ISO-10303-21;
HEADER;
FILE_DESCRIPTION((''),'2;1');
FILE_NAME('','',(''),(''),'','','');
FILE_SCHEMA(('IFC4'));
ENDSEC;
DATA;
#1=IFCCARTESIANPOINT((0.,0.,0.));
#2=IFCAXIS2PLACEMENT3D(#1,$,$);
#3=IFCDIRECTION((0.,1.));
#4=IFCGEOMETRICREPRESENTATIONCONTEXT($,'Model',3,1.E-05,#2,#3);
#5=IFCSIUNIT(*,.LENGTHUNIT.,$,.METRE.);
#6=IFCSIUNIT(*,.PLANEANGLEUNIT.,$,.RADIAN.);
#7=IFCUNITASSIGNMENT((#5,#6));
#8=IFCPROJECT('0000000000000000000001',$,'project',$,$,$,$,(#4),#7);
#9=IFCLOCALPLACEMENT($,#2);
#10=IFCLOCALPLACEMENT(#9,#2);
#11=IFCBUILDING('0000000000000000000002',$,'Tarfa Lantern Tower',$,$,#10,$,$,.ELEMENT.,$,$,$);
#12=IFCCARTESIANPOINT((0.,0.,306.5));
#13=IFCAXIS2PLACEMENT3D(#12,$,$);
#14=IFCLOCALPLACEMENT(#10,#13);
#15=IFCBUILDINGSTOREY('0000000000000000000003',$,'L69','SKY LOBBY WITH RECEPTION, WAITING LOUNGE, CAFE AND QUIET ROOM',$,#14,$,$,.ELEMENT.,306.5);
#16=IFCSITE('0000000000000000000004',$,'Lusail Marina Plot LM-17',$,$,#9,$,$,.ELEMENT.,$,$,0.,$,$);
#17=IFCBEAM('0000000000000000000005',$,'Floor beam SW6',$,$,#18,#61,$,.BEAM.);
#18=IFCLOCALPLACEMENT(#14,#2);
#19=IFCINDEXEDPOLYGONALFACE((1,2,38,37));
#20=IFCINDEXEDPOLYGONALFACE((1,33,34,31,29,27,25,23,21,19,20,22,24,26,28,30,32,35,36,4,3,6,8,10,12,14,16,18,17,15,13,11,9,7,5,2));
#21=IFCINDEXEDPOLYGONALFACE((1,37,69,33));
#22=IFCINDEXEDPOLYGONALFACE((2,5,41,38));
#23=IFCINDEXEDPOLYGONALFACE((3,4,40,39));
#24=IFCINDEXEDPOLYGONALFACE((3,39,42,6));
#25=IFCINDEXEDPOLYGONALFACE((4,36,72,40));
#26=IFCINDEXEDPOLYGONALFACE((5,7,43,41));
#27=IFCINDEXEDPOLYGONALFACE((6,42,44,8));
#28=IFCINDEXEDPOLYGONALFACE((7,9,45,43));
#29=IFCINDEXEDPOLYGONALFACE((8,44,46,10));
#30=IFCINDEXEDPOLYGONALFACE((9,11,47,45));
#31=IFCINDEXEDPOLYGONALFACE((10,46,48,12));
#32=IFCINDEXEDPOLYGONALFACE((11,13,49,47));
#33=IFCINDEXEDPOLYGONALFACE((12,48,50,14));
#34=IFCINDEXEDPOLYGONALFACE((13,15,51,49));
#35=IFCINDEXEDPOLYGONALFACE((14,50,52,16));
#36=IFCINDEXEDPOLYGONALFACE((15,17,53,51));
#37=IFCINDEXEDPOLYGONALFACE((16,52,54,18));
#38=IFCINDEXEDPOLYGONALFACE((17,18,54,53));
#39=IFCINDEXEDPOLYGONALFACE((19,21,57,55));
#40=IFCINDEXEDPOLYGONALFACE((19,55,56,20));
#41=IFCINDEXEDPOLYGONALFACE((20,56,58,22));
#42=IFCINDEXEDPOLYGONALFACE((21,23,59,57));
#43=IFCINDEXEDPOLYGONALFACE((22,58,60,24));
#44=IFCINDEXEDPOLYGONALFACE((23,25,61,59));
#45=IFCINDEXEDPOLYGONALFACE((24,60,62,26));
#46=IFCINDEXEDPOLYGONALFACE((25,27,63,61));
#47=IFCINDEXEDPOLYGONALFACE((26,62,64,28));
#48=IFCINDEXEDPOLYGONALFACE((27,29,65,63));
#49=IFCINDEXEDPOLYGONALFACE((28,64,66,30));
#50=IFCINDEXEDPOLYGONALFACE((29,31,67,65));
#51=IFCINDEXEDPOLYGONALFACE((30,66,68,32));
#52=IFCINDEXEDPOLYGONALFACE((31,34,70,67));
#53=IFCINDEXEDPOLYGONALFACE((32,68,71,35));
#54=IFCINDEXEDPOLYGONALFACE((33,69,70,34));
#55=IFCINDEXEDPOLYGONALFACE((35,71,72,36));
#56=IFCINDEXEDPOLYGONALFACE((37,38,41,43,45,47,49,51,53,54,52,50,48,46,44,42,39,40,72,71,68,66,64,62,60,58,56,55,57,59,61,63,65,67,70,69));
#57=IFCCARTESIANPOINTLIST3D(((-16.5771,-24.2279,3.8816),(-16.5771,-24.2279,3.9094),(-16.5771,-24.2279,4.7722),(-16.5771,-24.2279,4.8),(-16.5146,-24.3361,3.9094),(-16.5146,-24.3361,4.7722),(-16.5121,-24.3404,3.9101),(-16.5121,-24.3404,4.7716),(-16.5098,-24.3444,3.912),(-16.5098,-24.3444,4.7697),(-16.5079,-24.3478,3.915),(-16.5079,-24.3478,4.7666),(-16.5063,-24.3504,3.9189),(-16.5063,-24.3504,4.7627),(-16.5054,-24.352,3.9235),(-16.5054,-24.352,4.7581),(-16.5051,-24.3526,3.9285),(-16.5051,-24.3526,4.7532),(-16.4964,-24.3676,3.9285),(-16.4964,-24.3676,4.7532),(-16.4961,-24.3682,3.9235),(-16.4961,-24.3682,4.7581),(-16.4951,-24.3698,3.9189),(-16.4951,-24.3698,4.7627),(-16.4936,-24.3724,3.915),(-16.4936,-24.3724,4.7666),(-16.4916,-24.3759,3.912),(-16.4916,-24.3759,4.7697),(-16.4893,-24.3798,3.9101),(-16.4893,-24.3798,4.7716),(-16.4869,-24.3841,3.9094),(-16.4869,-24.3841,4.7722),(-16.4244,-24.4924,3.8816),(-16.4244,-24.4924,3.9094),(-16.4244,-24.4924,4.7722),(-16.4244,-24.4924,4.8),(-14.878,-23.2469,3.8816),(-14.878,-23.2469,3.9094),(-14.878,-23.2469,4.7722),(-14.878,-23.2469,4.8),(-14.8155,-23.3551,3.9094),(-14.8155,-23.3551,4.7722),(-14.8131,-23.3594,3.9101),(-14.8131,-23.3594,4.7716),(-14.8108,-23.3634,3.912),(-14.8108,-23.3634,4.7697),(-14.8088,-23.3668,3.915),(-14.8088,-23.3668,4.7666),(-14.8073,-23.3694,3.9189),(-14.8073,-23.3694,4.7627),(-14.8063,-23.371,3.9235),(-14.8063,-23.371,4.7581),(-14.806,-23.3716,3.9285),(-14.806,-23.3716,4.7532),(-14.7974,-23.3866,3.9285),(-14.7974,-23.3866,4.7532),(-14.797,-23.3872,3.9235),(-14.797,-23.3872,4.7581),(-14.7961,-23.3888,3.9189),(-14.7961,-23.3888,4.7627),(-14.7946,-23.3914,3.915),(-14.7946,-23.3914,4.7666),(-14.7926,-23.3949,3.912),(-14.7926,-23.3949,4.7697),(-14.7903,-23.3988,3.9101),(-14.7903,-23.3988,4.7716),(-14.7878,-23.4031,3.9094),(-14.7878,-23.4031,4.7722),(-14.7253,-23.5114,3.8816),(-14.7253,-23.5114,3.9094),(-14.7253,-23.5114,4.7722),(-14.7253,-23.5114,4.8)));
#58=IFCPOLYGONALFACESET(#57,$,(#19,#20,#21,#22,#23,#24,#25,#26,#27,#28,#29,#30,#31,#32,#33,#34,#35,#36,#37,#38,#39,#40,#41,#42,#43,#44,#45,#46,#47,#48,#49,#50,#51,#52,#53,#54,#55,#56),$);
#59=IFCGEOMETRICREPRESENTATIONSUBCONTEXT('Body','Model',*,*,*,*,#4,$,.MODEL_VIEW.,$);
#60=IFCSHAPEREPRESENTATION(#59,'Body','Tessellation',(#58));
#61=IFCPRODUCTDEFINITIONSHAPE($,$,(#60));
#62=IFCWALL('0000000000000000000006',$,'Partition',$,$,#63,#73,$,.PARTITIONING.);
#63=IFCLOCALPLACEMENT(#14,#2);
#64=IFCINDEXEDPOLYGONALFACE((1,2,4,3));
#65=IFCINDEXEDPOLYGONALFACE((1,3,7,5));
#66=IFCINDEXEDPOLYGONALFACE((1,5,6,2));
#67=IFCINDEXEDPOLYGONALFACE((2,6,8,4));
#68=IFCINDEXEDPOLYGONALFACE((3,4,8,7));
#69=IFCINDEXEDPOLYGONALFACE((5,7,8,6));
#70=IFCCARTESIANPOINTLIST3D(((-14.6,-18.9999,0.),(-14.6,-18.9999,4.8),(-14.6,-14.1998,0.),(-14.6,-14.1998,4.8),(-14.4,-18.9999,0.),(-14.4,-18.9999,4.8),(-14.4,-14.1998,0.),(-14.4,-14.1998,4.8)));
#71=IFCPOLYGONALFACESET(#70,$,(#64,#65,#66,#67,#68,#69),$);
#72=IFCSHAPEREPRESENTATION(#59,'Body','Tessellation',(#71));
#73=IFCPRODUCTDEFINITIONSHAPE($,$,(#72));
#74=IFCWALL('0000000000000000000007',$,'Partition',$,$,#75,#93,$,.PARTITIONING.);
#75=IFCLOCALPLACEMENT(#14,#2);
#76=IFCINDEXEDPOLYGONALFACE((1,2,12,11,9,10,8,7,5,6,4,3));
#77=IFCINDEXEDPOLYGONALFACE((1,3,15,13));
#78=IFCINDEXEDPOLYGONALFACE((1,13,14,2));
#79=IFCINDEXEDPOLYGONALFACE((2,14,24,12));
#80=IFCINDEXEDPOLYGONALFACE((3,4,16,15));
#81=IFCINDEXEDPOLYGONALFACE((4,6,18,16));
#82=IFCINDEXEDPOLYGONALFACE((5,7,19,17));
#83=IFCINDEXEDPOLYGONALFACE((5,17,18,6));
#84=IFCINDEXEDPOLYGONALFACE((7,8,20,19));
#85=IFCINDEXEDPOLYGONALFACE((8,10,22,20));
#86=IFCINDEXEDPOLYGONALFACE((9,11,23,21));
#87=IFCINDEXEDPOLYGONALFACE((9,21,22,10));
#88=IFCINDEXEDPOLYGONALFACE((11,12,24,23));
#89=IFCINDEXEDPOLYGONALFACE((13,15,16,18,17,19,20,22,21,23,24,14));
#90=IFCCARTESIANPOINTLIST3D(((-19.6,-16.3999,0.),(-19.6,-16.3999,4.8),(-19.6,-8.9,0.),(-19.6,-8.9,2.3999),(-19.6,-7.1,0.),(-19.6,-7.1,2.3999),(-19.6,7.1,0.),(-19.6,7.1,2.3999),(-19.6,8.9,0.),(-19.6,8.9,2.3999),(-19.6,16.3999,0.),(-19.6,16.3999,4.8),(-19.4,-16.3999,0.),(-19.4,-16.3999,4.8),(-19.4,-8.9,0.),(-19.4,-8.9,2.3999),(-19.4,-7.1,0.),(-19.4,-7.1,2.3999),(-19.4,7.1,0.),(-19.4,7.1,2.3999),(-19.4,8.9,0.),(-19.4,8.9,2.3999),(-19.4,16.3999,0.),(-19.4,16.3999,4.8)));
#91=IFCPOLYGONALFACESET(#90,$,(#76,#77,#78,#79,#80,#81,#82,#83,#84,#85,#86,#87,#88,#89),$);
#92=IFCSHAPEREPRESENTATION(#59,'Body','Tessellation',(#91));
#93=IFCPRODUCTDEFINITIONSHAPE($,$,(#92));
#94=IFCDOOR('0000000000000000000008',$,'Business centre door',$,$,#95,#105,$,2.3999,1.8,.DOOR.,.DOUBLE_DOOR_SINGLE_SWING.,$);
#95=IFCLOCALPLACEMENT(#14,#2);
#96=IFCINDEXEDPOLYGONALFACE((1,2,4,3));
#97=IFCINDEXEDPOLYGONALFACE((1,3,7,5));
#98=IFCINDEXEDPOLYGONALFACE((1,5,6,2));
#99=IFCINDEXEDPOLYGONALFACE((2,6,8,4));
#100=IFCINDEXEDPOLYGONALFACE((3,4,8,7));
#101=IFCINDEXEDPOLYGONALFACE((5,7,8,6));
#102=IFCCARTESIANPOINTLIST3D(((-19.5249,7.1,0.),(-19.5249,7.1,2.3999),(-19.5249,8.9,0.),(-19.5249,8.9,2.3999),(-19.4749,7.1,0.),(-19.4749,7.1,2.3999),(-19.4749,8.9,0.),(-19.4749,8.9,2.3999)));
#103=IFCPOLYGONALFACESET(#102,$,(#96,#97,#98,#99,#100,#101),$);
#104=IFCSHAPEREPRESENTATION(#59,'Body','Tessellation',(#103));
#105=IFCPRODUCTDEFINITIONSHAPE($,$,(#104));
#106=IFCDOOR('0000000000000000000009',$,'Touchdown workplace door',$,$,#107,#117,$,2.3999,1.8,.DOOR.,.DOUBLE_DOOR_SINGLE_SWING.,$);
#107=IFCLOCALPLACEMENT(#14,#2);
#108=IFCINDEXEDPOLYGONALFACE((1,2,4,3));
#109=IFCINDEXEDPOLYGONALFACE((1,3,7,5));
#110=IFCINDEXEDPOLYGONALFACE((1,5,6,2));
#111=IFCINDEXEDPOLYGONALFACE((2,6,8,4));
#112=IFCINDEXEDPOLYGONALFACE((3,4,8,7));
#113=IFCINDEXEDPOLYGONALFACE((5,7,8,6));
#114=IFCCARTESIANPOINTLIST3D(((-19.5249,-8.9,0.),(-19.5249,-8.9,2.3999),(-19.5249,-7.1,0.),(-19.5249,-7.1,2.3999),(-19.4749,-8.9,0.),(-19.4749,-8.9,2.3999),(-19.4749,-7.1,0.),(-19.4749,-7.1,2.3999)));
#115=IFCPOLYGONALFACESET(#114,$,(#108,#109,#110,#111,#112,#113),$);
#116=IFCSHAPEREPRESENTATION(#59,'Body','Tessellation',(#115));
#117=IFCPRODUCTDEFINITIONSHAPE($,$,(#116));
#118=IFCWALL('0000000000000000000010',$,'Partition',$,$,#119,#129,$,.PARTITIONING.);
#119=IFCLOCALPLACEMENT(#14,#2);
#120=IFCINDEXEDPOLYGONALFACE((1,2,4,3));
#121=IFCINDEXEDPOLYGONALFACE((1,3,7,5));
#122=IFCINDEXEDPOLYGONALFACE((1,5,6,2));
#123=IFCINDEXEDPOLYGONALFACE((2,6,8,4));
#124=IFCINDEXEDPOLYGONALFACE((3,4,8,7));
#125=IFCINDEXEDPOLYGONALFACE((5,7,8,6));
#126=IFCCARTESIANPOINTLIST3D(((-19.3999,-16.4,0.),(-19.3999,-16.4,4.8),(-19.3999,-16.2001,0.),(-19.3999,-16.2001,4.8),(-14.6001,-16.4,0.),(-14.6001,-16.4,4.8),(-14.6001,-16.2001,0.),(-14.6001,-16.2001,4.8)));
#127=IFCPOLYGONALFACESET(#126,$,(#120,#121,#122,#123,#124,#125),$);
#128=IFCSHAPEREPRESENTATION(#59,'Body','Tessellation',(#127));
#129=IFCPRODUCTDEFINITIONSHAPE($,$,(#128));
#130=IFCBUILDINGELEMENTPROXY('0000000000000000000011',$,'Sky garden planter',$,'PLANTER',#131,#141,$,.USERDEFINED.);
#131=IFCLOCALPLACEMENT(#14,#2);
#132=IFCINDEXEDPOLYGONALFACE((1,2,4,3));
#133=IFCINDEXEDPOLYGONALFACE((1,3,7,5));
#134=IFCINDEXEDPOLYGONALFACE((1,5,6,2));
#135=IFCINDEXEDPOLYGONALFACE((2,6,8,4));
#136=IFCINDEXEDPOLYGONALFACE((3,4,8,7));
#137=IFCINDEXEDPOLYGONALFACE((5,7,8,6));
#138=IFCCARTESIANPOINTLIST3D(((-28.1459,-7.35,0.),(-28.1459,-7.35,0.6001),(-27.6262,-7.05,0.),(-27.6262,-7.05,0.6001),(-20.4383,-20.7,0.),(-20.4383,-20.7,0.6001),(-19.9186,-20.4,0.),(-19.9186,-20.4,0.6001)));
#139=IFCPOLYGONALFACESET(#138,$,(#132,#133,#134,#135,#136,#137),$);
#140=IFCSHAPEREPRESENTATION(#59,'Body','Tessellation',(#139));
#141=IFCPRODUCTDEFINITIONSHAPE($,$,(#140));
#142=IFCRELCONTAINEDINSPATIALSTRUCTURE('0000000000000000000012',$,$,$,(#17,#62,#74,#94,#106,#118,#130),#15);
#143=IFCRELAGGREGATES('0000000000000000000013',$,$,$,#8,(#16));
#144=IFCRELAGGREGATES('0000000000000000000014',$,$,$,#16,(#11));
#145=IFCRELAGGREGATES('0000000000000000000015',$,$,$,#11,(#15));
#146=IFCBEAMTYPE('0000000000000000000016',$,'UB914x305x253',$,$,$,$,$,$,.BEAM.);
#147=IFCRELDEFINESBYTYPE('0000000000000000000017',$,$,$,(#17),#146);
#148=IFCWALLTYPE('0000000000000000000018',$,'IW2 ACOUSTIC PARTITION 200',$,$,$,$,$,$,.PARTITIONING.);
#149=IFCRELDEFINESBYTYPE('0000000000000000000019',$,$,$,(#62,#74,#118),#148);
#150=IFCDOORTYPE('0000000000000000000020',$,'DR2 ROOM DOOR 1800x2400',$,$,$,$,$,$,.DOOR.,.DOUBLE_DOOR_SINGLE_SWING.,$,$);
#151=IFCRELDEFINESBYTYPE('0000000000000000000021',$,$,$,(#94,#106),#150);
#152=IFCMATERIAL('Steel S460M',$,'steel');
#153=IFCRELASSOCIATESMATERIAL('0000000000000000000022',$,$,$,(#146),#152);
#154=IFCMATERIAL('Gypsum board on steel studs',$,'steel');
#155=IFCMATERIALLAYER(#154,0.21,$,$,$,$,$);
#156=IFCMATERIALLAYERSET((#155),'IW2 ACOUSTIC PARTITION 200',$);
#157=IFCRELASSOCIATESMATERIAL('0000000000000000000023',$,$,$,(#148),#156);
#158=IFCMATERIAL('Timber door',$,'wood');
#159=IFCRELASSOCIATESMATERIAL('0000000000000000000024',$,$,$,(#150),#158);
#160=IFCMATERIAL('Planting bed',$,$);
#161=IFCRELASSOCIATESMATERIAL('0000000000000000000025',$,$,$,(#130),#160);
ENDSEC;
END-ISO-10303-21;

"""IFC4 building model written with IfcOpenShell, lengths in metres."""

from ifc_helpers import new_model, si_unit, direction, frame, frame_2d, origin, origin_2d, place, context, subcontext, project, spatial, rectangle, i_section, extrude, material, layer, layer_set, material_profile, profile_set, type_object, element, fill, save


model = new_model("IFC4")

# Units and contexts
model_context = context("Model", 3, precision=1e-05, world=origin(), true_north=direction((0.0, 1.0)))
body_context = subcontext(model_context, "Body", "Model", "MODEL_VIEW")
ifc_project = project(units=[si_unit("LENGTHUNIT", "METRE"), si_unit("PLANEANGLEUNIT", "RADIAN")], contexts=[model_context])

# Site, building, storey
site_placement = place(None, origin())
site = spatial("IfcSite", under=ifc_project, at=site_placement, Name="Lusail Marina Plot LM-17", CompositionType="ELEMENT", RefElevation=0.0)
building_placement = place(site_placement, origin())
building = spatial("IfcBuilding", under=site, at=building_placement, Name="Tarfa Lantern Tower", CompositionType="ELEMENT")
storey_placement = place(building_placement, frame((0.0, 0.0, 306.5)))
storey = spatial("IfcBuildingStorey", under=building, at=storey_placement, Name="L69", Description="SKY LOBBY WITH RECEPTION, WAITING LOUNGE, CAFE AND QUIET ROOM", CompositionType="ELEMENT", Elevation=306.5)

# Shared definitions
ifc_material_1 = material(Name="Steel S460M", Category="steel")

# Beam
ifc_material_profile_1 = material_profile(ifc_material_1, i_section(OverallWidth=0.3054, OverallDepth=0.9185, WebThickness=0.0173, FlangeThickness=0.0278, FilletRadius=0.019, at=origin_2d()), Name="UB914x305x253")
ifc_profile_set_1 = profile_set([ifc_material_profile_1], Name="Steel S460M")
beam_type_1 = type_object("IfcBeamType", Name="UB914x305x253", PredefinedType="BEAM", material=ifc_profile_set_1)
beam_1_placement = place(storey_placement, frame((-16.5007, -24.3601, 4.3408), z_axis=(0.866014, 0.50002, 0.0), x_axis=(-0.50002, 0.866014, 0.0)))
element("IfcBeam", 1, at=beam_1_placement, inside=storey, type_object=beam_type_1, Name="Floor beam SW6", PredefinedType="BEAM", context=body_context, shape_type="SweptSolid", body=[
    extrude(i_section(OverallWidth=0.3054, OverallDepth=0.9185, WebThickness=0.0173, FlangeThickness=0.0278, FilletRadius=0.019, at=origin_2d()), origin(), (0.0, 0.0, 1.0), 1.9619),
])

# Wall
ifc_material_2 = material(Name="Gypsum board on steel studs", Category="steel")
ifc_layer = layer(ifc_material_2, 0.21)
ifc_layer_set = layer_set([ifc_layer], Name="IW2 ACOUSTIC PARTITION 200")
wall_type = type_object("IfcWallType", Name="IW2 ACOUSTIC PARTITION 200", PredefinedType="PARTITIONING", material=ifc_layer_set)
wall_1_placement = place(storey_placement, frame((-14.5, -14.2, 0.0), z_axis=(0.0, 0.0, 1.0), x_axis=(0.0, -1.0, 0.0)))
element("IfcWall", 2, at=wall_1_placement, inside=storey, type_object=wall_type, Name="Partition", PredefinedType="PARTITIONING", context=body_context, shape_type="SweptSolid", body=[
    extrude(rectangle(XDim=4.8, YDim=0.2, at=frame_2d((2.3999, 0.0))), origin(), (0.0, 0.0, 1.0), 4.8),
])

# Wall, openings, doors
wall_2_placement = place(storey_placement, frame((-19.5, -16.3999, 0.0), z_axis=(0.0, 0.0, 1.0), x_axis=(0.0, 1.0, 0.0)))
wall_2 = element("IfcWall", 3, at=wall_2_placement, inside=storey, type_object=wall_type, Name="Partition", PredefinedType="PARTITIONING", context=body_context, shape_type="SweptSolid", body=[
    extrude(rectangle(XDim=32.7998, YDim=0.2, at=frame_2d((16.3999, 0.0))), origin(), (0.0, 0.0, 1.0), 4.8),
])
opening_1_placement = place(wall_2_placement, frame((23.5, 0.0, 0.0)))
opening_1 = element("IfcOpeningElement", 4, at=opening_1_placement, cuts=wall_2, PredefinedType="OPENING", context=body_context, shape_type="SweptSolid", body=[
    extrude(rectangle(XDim=1.8, YDim=2.3999, at=frame_2d((0.8999, 1.2))), frame((0.0, 0.1099, 0.0), z_axis=(0.0, -1.0, 0.0), x_axis=(1.0, 0.0, 0.0)), (0.0, 0.0, 1.0), 0.22),
])
opening_2_placement = place(wall_2_placement, frame((7.5, 0.0, 0.0)))
opening_2 = element("IfcOpeningElement", 5, at=opening_2_placement, cuts=wall_2, PredefinedType="OPENING", context=body_context, shape_type="SweptSolid", body=[
    extrude(rectangle(XDim=1.8, YDim=2.3999, at=frame_2d((0.8999, 1.2))), frame((0.0, 0.1099, 0.0), z_axis=(0.0, -1.0, 0.0), x_axis=(1.0, 0.0, 0.0)), (0.0, 0.0, 1.0), 0.22),
])
ifc_material_3 = material(Name="Timber door", Category="wood")
door_type = type_object("IfcDoorType", Name="DR2 ROOM DOOR 1800x2400", OperationType="DOUBLE_DOOR_SINGLE_SWING", PredefinedType="DOOR", material=ifc_material_3)
door_1_placement = place(opening_1_placement, origin())
door_1 = element("IfcDoor", 6, at=door_1_placement, inside=storey, type_object=door_type, Name="Business centre door", OperationType="DOUBLE_DOOR_SINGLE_SWING", OverallHeight=2.3999, OverallWidth=1.8, PredefinedType="DOOR", context=body_context, shape_type="SweptSolid", body=[
    extrude(rectangle(XDim=1.8, YDim=2.3999, at=frame_2d((0.8999, 1.2))), frame((0.0, 0.0249, 0.0), z_axis=(0.0, -1.0, 0.0), x_axis=(1.0, 0.0, 0.0)), (0.0, 0.0, 1.0), 0.05),
])
fill(opening_1, door_1)
door_2_placement = place(opening_2_placement, origin())
door_2 = element("IfcDoor", 7, at=door_2_placement, inside=storey, type_object=door_type, Name="Touchdown workplace door", OperationType="DOUBLE_DOOR_SINGLE_SWING", OverallHeight=2.3999, OverallWidth=1.8, PredefinedType="DOOR", context=body_context, shape_type="SweptSolid", body=[
    extrude(rectangle(XDim=1.8, YDim=2.3999, at=frame_2d((0.8999, 1.2))), frame((0.0, 0.0249, 0.0), z_axis=(0.0, -1.0, 0.0), x_axis=(1.0, 0.0, 0.0)), (0.0, 0.0, 1.0), 0.05),
])
fill(opening_2, door_2)

# Wall
wall_3_placement = place(storey_placement, frame((-14.6001, -16.3, 0.0), z_axis=(0.0, 0.0, 1.0), x_axis=(-1.0, 0.0, 0.0)))
element("IfcWall", 8, at=wall_3_placement, inside=storey, type_object=wall_type, Name="Partition", PredefinedType="PARTITIONING", context=body_context, shape_type="SweptSolid", body=[
    extrude(rectangle(XDim=4.7998, YDim=0.2, at=frame_2d((2.3999, 0.0))), origin(), (0.0, 0.0, 1.0), 4.8),
])

# Building element proxy
ifc_material_4 = material(Name="Planting bed")
proxy_placement = place(storey_placement, frame((-24.0322, -13.875, 0.0), z_axis=(0.0, 0.0, 1.0), x_axis=(0.5, -0.866025, 0.0)))
element("IfcBuildingElementProxy", 9, at=proxy_placement, inside=storey, material=ifc_material_4, Name="Sky garden planter", ObjectType="PLANTER", PredefinedType="USERDEFINED", context=body_context, shape_type="SweptSolid", body=[
    extrude(rectangle(XDim=15.4153, YDim=0.6001, at=origin_2d()), origin(), (0.0, 0.0, 1.0), 0.6001),
])

save(model, "model.ifc")
